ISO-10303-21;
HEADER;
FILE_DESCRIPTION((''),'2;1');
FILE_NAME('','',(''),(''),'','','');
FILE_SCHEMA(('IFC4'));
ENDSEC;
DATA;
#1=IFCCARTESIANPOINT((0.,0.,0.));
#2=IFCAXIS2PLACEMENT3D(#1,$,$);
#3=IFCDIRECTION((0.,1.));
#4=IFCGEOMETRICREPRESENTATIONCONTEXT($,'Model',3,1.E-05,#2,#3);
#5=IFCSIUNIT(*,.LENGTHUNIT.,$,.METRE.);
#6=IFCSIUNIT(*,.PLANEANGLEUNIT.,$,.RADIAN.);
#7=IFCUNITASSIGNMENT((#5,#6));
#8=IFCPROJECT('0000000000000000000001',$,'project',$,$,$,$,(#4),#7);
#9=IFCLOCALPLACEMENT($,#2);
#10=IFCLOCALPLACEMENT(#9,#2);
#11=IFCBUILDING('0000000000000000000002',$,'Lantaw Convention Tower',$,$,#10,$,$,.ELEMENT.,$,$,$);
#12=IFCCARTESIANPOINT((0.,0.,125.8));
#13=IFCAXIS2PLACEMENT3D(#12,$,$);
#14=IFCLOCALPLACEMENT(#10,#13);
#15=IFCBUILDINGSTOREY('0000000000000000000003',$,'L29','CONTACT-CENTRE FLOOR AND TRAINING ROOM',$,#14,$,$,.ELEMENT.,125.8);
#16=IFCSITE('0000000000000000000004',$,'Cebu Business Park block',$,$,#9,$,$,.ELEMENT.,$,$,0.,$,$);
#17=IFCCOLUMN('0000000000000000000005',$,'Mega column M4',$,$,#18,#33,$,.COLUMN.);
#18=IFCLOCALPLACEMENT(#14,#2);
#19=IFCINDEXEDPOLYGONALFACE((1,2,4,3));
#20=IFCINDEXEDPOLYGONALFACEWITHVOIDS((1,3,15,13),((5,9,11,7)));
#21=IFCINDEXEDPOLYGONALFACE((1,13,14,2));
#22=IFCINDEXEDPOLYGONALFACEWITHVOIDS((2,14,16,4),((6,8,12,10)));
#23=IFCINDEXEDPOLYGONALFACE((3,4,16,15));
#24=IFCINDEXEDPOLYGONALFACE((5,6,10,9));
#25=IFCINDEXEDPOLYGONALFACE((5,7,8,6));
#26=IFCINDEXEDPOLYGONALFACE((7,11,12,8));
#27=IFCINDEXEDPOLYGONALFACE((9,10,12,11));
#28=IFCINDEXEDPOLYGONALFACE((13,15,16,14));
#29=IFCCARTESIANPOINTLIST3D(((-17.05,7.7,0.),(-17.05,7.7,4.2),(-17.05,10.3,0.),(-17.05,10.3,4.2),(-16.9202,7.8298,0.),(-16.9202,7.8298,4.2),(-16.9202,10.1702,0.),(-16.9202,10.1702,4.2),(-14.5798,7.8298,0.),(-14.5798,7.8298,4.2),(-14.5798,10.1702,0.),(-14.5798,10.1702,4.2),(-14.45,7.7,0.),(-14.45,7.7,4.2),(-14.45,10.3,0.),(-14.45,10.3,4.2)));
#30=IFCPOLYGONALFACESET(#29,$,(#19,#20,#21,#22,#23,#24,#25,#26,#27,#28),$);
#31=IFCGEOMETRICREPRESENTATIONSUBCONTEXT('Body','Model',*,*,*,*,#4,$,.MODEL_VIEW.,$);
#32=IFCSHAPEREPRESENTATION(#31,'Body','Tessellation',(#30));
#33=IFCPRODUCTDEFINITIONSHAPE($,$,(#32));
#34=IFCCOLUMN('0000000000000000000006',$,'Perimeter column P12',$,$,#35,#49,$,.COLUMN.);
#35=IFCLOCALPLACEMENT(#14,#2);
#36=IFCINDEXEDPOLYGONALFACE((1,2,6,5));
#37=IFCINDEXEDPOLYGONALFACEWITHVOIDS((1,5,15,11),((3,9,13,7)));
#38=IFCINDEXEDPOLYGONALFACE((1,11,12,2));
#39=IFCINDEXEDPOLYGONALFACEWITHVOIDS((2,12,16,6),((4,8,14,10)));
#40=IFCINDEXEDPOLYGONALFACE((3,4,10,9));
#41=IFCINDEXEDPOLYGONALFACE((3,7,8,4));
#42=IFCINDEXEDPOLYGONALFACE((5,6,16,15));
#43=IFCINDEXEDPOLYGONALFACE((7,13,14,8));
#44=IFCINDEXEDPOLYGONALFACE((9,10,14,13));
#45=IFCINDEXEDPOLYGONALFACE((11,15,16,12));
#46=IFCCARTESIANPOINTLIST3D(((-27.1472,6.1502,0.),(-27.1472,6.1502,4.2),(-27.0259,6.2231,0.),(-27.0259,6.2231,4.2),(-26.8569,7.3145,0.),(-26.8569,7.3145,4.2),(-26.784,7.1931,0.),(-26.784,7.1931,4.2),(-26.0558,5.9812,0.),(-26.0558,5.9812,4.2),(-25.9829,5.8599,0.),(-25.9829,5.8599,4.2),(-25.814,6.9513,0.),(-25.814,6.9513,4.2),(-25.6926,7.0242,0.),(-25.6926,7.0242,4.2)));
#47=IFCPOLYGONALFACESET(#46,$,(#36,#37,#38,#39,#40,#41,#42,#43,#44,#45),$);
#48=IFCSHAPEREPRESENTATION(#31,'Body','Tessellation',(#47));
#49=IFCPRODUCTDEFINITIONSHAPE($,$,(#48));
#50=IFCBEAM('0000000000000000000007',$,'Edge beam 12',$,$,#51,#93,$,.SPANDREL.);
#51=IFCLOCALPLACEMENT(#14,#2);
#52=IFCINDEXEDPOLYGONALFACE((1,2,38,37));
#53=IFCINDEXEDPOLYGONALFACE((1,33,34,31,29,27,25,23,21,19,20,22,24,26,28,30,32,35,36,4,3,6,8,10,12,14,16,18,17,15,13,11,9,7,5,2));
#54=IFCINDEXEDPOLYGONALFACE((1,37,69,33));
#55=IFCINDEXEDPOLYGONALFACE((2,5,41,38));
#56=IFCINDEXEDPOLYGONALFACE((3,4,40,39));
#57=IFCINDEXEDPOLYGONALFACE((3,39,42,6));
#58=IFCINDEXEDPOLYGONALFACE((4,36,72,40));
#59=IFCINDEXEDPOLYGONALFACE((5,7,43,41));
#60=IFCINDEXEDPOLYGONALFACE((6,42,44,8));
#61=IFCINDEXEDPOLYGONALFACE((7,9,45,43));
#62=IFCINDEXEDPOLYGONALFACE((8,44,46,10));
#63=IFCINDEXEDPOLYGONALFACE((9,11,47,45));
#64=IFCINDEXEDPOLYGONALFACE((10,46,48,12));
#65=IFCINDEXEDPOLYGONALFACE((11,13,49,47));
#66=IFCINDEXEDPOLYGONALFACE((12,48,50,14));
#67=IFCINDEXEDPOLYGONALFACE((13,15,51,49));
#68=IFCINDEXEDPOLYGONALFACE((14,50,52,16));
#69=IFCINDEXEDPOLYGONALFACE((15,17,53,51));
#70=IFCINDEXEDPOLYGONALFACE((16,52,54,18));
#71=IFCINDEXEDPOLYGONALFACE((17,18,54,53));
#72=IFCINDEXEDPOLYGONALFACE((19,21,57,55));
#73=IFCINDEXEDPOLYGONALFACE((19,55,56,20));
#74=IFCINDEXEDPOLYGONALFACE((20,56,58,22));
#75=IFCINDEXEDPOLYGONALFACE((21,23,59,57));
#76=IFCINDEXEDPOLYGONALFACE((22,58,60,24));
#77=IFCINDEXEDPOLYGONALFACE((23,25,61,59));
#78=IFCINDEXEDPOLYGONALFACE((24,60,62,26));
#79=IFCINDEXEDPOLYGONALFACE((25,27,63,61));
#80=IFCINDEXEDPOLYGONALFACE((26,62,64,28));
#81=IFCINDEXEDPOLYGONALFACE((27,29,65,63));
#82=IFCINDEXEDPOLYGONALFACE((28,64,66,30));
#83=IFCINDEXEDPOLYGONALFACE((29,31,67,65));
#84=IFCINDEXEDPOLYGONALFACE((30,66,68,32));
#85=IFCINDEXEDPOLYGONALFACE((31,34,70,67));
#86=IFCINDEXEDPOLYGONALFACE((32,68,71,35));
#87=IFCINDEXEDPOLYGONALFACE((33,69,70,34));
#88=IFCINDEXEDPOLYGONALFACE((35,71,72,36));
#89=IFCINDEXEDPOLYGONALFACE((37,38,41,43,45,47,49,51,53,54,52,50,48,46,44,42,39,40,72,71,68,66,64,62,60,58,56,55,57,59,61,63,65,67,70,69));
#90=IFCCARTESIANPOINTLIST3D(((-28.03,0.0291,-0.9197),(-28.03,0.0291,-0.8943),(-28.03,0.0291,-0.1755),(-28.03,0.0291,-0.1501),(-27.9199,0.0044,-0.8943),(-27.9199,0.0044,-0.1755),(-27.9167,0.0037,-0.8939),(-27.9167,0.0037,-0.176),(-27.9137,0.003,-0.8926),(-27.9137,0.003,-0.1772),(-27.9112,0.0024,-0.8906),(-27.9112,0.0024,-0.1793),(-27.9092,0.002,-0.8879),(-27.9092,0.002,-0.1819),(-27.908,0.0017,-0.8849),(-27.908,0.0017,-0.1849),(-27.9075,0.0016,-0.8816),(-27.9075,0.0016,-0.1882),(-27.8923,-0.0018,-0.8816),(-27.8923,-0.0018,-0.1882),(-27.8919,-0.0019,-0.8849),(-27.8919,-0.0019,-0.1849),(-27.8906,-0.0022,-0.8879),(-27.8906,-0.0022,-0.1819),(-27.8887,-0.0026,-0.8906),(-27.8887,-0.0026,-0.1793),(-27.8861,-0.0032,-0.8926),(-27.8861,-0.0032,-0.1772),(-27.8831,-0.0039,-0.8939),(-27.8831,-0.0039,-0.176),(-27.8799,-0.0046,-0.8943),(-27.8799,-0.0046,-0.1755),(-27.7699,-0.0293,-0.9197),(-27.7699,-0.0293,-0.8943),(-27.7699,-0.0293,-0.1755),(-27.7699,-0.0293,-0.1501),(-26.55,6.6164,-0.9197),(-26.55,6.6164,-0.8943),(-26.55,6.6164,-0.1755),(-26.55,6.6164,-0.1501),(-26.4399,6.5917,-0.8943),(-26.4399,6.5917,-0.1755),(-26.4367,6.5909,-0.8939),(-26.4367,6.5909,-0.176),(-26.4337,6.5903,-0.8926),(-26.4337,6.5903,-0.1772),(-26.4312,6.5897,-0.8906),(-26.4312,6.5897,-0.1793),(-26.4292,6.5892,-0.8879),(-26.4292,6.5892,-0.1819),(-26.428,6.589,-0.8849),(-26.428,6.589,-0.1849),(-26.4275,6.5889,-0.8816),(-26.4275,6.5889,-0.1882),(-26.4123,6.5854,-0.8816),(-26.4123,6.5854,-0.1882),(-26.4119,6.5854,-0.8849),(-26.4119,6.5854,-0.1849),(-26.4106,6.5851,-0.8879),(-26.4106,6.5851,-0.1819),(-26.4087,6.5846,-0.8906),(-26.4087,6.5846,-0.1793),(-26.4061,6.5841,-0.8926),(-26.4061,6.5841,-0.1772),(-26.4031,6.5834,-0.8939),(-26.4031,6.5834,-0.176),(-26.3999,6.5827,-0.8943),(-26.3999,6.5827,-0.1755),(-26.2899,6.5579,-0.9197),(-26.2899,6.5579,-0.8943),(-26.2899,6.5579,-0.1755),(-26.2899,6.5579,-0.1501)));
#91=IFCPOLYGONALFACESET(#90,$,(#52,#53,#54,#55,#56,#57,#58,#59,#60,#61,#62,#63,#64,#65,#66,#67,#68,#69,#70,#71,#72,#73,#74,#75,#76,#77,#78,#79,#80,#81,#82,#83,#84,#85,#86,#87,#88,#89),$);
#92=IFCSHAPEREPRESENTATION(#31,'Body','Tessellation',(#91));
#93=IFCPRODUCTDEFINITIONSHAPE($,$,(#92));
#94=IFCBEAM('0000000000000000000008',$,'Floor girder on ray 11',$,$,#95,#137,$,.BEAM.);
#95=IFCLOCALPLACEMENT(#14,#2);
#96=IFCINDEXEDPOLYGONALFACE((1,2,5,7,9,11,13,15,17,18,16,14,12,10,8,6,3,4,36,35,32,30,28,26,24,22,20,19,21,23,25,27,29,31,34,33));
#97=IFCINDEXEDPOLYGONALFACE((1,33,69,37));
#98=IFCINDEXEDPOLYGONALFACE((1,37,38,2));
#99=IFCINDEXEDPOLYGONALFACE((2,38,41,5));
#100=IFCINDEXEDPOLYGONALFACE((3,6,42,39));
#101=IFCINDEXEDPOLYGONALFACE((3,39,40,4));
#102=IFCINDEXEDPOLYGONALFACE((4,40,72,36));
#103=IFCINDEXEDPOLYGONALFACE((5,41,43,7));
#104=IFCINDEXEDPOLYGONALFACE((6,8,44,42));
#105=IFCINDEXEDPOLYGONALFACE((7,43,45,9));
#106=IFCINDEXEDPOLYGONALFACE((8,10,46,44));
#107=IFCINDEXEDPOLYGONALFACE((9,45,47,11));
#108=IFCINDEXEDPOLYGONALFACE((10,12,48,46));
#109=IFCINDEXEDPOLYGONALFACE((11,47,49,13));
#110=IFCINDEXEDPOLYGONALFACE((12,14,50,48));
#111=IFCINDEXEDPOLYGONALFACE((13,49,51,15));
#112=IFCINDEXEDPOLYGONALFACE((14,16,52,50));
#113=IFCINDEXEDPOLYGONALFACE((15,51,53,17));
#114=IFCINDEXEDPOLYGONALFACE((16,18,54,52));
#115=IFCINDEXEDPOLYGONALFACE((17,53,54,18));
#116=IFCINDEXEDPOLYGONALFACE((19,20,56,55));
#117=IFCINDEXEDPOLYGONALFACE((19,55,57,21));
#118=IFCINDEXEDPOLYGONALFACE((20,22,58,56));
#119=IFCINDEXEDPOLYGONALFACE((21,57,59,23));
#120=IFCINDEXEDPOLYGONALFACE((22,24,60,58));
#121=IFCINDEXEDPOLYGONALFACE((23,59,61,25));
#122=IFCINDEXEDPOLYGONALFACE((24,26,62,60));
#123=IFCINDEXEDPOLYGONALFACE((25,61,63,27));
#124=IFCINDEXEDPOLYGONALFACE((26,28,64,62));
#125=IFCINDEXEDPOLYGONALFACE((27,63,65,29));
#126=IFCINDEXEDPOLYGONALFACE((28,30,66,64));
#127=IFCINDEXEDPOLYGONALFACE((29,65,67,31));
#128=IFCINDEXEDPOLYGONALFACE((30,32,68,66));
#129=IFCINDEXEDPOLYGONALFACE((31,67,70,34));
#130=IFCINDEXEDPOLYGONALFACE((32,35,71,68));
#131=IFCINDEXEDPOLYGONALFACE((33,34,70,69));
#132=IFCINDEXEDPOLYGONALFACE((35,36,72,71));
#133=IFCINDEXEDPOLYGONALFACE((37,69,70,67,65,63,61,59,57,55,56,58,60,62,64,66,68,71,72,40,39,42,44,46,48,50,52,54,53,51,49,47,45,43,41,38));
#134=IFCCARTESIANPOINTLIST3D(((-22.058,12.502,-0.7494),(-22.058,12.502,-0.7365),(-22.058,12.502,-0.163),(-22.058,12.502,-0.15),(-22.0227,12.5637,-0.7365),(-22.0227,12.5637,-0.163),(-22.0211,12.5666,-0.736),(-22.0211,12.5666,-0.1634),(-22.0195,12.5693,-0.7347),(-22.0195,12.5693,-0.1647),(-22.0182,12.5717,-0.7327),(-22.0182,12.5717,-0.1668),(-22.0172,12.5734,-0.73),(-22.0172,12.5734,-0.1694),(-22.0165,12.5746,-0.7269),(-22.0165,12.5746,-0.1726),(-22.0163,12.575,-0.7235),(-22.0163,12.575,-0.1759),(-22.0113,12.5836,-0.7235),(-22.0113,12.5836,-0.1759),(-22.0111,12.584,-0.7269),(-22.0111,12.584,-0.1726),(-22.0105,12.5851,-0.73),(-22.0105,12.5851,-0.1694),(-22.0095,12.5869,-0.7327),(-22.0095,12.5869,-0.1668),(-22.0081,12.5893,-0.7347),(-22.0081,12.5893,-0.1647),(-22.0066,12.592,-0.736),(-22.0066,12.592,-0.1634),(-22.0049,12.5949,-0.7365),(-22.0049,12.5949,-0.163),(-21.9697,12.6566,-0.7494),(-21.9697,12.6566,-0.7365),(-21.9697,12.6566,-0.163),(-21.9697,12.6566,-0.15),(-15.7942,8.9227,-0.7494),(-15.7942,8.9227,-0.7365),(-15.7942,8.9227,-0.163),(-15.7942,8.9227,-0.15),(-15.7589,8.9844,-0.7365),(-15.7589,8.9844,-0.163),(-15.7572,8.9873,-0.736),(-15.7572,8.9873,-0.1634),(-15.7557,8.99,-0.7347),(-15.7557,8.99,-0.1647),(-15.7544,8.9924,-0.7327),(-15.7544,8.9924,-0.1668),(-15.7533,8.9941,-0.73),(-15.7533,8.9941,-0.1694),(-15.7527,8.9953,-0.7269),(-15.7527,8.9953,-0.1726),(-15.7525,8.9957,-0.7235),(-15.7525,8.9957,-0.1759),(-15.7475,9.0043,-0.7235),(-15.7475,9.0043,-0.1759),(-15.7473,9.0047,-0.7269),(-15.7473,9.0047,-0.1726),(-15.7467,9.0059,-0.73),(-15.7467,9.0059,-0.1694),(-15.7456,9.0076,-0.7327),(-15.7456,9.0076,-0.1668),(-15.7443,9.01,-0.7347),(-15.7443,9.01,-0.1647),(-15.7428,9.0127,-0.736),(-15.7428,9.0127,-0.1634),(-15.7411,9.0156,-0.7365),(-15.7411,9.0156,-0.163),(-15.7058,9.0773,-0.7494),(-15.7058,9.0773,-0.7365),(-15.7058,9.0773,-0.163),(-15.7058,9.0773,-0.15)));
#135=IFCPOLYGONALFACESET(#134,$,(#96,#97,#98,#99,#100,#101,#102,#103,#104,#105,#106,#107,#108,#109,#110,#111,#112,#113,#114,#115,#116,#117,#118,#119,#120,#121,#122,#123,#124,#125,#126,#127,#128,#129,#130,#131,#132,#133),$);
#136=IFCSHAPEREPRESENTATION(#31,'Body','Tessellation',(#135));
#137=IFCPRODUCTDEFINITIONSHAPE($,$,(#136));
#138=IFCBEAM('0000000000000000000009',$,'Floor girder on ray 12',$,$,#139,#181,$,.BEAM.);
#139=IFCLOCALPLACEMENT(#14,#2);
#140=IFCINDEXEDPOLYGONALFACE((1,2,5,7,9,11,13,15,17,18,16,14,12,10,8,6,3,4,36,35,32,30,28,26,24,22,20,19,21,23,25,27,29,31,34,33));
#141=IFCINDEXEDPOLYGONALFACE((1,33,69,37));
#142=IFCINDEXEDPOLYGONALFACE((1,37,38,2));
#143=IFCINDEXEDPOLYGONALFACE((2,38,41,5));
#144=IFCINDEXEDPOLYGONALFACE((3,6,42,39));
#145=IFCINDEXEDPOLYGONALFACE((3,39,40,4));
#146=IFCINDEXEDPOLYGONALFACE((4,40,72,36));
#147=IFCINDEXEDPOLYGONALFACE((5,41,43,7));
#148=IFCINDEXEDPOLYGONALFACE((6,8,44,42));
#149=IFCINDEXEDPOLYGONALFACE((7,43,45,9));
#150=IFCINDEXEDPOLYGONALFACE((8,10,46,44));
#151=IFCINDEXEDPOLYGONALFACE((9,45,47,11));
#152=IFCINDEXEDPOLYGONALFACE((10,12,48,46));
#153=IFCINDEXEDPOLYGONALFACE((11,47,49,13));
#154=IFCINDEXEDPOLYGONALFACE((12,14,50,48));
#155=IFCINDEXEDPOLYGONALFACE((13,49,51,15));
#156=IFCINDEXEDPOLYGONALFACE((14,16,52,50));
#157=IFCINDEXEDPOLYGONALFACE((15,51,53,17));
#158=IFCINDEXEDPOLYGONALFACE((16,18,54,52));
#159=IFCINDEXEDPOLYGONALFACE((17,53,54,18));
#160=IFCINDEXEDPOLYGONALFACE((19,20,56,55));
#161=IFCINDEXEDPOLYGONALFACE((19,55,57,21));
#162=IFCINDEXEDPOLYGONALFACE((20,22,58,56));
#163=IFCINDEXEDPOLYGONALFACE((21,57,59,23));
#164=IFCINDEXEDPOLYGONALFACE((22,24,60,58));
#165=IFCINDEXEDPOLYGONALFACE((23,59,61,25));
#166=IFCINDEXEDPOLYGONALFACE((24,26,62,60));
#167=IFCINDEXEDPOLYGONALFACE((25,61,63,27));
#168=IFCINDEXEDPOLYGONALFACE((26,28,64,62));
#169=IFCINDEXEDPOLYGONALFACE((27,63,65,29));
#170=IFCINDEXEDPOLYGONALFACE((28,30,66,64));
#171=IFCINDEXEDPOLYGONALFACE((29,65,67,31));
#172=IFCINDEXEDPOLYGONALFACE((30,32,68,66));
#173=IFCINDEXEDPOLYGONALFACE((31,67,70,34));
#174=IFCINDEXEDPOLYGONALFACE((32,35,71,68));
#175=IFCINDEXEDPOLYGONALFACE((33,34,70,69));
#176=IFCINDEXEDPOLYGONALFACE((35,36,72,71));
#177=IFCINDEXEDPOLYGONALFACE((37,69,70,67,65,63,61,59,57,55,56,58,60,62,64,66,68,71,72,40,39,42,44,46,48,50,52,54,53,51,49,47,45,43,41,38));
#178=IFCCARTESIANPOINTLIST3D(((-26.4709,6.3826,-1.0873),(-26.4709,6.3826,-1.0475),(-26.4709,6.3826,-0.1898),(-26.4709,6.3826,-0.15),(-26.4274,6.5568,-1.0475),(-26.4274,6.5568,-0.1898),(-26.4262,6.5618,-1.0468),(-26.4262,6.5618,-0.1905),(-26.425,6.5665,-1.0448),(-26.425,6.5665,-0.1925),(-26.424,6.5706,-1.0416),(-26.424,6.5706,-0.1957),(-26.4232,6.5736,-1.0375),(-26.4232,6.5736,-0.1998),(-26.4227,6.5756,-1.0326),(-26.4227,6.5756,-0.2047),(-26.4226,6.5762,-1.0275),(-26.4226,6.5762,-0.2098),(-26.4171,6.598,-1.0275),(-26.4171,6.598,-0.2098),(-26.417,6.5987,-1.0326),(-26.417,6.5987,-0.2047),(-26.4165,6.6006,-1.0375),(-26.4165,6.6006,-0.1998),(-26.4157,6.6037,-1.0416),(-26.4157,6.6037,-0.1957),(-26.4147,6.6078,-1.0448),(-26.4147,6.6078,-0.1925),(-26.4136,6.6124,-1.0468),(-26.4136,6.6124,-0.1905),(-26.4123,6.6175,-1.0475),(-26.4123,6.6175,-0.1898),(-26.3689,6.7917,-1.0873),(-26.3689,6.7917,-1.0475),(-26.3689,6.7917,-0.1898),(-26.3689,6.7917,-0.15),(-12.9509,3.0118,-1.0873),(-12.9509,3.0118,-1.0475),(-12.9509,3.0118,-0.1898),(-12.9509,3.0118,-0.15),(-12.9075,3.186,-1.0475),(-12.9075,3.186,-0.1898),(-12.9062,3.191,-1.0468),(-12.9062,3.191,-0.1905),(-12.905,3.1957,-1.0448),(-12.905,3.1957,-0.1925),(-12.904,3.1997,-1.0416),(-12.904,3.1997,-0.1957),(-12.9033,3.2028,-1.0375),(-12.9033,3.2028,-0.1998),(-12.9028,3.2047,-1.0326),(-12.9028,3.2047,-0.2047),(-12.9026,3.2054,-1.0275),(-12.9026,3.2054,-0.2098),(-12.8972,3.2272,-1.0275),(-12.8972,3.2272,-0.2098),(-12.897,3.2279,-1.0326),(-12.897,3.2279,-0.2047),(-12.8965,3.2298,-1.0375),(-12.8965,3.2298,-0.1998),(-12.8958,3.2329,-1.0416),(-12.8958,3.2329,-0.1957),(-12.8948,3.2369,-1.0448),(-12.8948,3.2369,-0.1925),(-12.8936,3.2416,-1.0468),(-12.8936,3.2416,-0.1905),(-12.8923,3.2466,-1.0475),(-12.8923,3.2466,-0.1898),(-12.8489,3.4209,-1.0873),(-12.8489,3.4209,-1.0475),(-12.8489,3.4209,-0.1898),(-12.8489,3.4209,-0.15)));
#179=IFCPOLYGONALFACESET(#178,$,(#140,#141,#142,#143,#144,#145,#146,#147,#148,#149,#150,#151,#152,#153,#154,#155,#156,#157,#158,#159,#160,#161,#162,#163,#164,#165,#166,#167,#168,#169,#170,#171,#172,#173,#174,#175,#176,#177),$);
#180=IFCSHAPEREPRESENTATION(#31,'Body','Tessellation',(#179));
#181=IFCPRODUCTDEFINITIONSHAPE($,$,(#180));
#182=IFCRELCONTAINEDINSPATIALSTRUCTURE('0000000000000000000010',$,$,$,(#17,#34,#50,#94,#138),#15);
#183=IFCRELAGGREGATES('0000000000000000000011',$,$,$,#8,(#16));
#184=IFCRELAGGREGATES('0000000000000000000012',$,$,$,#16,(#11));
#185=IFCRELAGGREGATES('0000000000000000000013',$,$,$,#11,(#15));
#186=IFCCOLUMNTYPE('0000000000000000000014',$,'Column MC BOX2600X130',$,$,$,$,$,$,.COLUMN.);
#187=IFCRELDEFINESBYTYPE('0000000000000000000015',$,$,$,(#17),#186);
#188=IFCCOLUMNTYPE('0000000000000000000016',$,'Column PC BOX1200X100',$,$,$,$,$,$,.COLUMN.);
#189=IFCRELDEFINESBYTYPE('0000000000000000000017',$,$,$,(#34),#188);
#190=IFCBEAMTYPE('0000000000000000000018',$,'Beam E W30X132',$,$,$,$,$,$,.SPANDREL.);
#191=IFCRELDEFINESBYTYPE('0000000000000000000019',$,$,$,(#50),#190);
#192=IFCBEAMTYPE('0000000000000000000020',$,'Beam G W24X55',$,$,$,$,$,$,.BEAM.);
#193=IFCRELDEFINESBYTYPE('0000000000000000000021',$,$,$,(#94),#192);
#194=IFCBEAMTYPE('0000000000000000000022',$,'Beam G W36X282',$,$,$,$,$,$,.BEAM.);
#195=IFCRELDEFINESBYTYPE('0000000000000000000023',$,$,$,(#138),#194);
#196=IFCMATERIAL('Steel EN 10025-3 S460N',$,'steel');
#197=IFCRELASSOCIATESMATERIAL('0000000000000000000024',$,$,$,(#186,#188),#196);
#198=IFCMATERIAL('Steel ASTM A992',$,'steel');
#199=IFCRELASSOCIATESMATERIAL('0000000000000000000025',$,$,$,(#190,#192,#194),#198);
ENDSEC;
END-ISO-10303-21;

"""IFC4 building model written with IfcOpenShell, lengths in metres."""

from ifc_helpers import new_model, si_unit, direction, frame, origin, origin_2d, place, context, subcontext, project, spatial, rectangle, hollow_rectangle, i_section, extrude, material, material_profile, profile_set, type_object, element, save


model = new_model("IFC4")

# Units and contexts
model_context = context("Model", 3, precision=1e-05, world=origin(), true_north=direction((0.0, 1.0)))
body_context = subcontext(model_context, "Body", "Model", "MODEL_VIEW")
ifc_project = project(units=[si_unit("LENGTHUNIT", "METRE"), si_unit("PLANEANGLEUNIT", "RADIAN")], contexts=[model_context])

# Site, building, storey
site_placement = place(None, origin())
site = spatial("IfcSite", under=ifc_project, at=site_placement, Name="Cebu Business Park block", CompositionType="ELEMENT", RefElevation=0.0)
building_placement = place(site_placement, origin())
building = spatial("IfcBuilding", under=site, at=building_placement, Name="Lantaw Convention Tower", CompositionType="ELEMENT")
storey_placement = place(building_placement, frame((0.0, 0.0, 125.8)))
storey = spatial("IfcBuildingStorey", under=building, at=storey_placement, Name="L29", Description="CONTACT-CENTRE FLOOR AND TRAINING ROOM", CompositionType="ELEMENT", Elevation=125.8)

# Columns
ifc_material_1 = material(Name="Steel EN 10025-3 S460N", Category="steel")
ifc_material_profile_1 = material_profile(ifc_material_1, hollow_rectangle(XDim=2.6001, YDim=2.6001, WallThickness=0.1299, at=origin_2d()), Name="BOX2600X130")
ifc_material_2 = material(Name="Concrete C60/75", Category="concrete")
ifc_material_profile_2 = material_profile(ifc_material_2, rectangle(XDim=2.3401, YDim=2.3401, at=origin_2d()), Name="Concrete fill of BOX2600X130")
ifc_profile_set_1 = profile_set([ifc_material_profile_1, ifc_material_profile_2], Name="Steel EN 10025-3 S460N")
column_type_1 = type_object("IfcColumnType", Name="Column MC BOX2600X130", PredefinedType="COLUMN", material=ifc_profile_set_1)
column_1_placement = place(storey_placement, frame((-15.75, 9.0, 0.0), z_axis=(0.0, 0.0, 1.0), x_axis=(1.0, 0.0, 0.0)))
element("IfcColumn", 1, at=column_1_placement, inside=storey, type_object=column_type_1, Name="Mega column M4", PredefinedType="COLUMN", context=body_context, shape_type="SweptSolid", body=[
    extrude(hollow_rectangle(XDim=2.6001, YDim=2.6001, WallThickness=0.1299, at=origin_2d()), origin(), (0.0, 0.0, 1.0), 4.2),
])
ifc_material_profile_3 = material_profile(ifc_material_1, hollow_rectangle(XDim=1.2, YDim=1.2, WallThickness=0.1001, at=origin_2d()), Name="BOX1200X100")
ifc_material_profile_4 = material_profile(ifc_material_2, rectangle(XDim=1.0, YDim=1.0, at=origin_2d()), Name="Concrete fill of BOX1200X100")
ifc_profile_set_2 = profile_set([ifc_material_profile_3, ifc_material_profile_4], Name="Steel EN 10025-3 S460N")
column_type_2 = type_object("IfcColumnType", Name="Column PC BOX1200X100", PredefinedType="COLUMN", material=ifc_profile_set_2)
column_2_placement = place(storey_placement, frame((-26.4199, 6.5872, 0.0), z_axis=(0.0, 0.0, 1.0), x_axis=(0.241922, 0.970296, 0.0)))
element("IfcColumn", 2, at=column_2_placement, inside=storey, type_object=column_type_2, Name="Perimeter column P12", PredefinedType="COLUMN", context=body_context, shape_type="SweptSolid", body=[
    extrude(hollow_rectangle(XDim=1.2, YDim=1.2, WallThickness=0.1001, at=origin_2d()), origin(), (0.0, 0.0, 1.0), 4.2),
])

# Beams
ifc_material_3 = material(Name="Steel ASTM A992", Category="steel")
ifc_material_profile_5 = material_profile(ifc_material_3, i_section(OverallWidth=0.2666, OverallDepth=0.7695, WebThickness=0.0156, FlangeThickness=0.0254, FilletRadius=0.0127, at=origin_2d()), Name="W30X132")
ifc_profile_set_3 = profile_set([ifc_material_profile_5], Name="Steel ASTM A992")
beam_type_1 = type_object("IfcBeamType", Name="Beam E W30X132", PredefinedType="SPANDREL", material=ifc_profile_set_3)
beam_1_placement = place(storey_placement, frame((-26.4199, 6.5872, -0.5349), z_axis=(-0.219212, -0.975677, 0.0), x_axis=(0.975677, -0.219212, 0.0)))
element("IfcBeam", 3, at=beam_1_placement, inside=storey, type_object=beam_type_1, Name="Edge beam 12", PredefinedType="SPANDREL", context=body_context, shape_type="SweptSolid", body=[
    extrude(i_section(OverallWidth=0.2666, OverallDepth=0.7695, WebThickness=0.0156, FlangeThickness=0.0254, FilletRadius=0.0127, at=origin_2d()), origin(), (0.0, 0.0, 1.0), 6.7515),
])
ifc_material_profile_6 = material_profile(ifc_material_3, i_section(OverallWidth=0.178, OverallDepth=0.5994, WebThickness=0.01, FlangeThickness=0.0129, FilletRadius=0.0129, at=origin_2d()), Name="W24X55")
ifc_profile_set_4 = profile_set([ifc_material_profile_6], Name="Steel ASTM A992")
beam_type_2 = type_object("IfcBeamType", Name="Beam G W24X55", PredefinedType="BEAM", material=ifc_profile_set_4)
beam_2_placement = place(storey_placement, frame((-15.75, 9.0, -0.4497), z_axis=(-0.868245, 0.496135, 0.0), x_axis=(-0.496135, -0.868245, 0.0)))
element("IfcBeam", 4, at=beam_2_placement, inside=storey, type_object=beam_type_2, Name="Floor girder on ray 11", PredefinedType="BEAM", context=body_context, shape_type="SweptSolid", body=[
    extrude(i_section(OverallWidth=0.178, OverallDepth=0.5994, WebThickness=0.01, FlangeThickness=0.0129, FilletRadius=0.0129, at=origin_2d()), origin(), (0.0, 0.0, 1.0), 7.2144),
])
ifc_material_profile_7 = material_profile(ifc_material_3, i_section(OverallWidth=0.4216, OverallDepth=0.9373, WebThickness=0.0225, FlangeThickness=0.0398, FilletRadius=0.02, at=origin_2d()), Name="W36X282")
ifc_profile_set_5 = profile_set([ifc_material_profile_7], Name="Steel ASTM A992")
beam_type_3 = type_object("IfcBeamType", Name="Beam G W36X282", PredefinedType="BEAM", material=ifc_profile_set_5)
beam_3_placement = place(storey_placement, frame((-12.8999, 3.2163, -0.6187), z_axis=(-0.970297, 0.241917, 0.0), x_axis=(-0.241917, -0.970297, 0.0)))
element("IfcBeam", 5, at=beam_3_placement, inside=storey, type_object=beam_type_3, Name="Floor girder on ray 12", PredefinedType="BEAM", context=body_context, shape_type="SweptSolid", body=[
    extrude(i_section(OverallWidth=0.4216, OverallDepth=0.9373, WebThickness=0.0225, FlangeThickness=0.0398, FilletRadius=0.02, at=origin_2d()), origin(), (0.0, 0.0, 1.0), 13.9338),
])

save(model, "model.ifc")
